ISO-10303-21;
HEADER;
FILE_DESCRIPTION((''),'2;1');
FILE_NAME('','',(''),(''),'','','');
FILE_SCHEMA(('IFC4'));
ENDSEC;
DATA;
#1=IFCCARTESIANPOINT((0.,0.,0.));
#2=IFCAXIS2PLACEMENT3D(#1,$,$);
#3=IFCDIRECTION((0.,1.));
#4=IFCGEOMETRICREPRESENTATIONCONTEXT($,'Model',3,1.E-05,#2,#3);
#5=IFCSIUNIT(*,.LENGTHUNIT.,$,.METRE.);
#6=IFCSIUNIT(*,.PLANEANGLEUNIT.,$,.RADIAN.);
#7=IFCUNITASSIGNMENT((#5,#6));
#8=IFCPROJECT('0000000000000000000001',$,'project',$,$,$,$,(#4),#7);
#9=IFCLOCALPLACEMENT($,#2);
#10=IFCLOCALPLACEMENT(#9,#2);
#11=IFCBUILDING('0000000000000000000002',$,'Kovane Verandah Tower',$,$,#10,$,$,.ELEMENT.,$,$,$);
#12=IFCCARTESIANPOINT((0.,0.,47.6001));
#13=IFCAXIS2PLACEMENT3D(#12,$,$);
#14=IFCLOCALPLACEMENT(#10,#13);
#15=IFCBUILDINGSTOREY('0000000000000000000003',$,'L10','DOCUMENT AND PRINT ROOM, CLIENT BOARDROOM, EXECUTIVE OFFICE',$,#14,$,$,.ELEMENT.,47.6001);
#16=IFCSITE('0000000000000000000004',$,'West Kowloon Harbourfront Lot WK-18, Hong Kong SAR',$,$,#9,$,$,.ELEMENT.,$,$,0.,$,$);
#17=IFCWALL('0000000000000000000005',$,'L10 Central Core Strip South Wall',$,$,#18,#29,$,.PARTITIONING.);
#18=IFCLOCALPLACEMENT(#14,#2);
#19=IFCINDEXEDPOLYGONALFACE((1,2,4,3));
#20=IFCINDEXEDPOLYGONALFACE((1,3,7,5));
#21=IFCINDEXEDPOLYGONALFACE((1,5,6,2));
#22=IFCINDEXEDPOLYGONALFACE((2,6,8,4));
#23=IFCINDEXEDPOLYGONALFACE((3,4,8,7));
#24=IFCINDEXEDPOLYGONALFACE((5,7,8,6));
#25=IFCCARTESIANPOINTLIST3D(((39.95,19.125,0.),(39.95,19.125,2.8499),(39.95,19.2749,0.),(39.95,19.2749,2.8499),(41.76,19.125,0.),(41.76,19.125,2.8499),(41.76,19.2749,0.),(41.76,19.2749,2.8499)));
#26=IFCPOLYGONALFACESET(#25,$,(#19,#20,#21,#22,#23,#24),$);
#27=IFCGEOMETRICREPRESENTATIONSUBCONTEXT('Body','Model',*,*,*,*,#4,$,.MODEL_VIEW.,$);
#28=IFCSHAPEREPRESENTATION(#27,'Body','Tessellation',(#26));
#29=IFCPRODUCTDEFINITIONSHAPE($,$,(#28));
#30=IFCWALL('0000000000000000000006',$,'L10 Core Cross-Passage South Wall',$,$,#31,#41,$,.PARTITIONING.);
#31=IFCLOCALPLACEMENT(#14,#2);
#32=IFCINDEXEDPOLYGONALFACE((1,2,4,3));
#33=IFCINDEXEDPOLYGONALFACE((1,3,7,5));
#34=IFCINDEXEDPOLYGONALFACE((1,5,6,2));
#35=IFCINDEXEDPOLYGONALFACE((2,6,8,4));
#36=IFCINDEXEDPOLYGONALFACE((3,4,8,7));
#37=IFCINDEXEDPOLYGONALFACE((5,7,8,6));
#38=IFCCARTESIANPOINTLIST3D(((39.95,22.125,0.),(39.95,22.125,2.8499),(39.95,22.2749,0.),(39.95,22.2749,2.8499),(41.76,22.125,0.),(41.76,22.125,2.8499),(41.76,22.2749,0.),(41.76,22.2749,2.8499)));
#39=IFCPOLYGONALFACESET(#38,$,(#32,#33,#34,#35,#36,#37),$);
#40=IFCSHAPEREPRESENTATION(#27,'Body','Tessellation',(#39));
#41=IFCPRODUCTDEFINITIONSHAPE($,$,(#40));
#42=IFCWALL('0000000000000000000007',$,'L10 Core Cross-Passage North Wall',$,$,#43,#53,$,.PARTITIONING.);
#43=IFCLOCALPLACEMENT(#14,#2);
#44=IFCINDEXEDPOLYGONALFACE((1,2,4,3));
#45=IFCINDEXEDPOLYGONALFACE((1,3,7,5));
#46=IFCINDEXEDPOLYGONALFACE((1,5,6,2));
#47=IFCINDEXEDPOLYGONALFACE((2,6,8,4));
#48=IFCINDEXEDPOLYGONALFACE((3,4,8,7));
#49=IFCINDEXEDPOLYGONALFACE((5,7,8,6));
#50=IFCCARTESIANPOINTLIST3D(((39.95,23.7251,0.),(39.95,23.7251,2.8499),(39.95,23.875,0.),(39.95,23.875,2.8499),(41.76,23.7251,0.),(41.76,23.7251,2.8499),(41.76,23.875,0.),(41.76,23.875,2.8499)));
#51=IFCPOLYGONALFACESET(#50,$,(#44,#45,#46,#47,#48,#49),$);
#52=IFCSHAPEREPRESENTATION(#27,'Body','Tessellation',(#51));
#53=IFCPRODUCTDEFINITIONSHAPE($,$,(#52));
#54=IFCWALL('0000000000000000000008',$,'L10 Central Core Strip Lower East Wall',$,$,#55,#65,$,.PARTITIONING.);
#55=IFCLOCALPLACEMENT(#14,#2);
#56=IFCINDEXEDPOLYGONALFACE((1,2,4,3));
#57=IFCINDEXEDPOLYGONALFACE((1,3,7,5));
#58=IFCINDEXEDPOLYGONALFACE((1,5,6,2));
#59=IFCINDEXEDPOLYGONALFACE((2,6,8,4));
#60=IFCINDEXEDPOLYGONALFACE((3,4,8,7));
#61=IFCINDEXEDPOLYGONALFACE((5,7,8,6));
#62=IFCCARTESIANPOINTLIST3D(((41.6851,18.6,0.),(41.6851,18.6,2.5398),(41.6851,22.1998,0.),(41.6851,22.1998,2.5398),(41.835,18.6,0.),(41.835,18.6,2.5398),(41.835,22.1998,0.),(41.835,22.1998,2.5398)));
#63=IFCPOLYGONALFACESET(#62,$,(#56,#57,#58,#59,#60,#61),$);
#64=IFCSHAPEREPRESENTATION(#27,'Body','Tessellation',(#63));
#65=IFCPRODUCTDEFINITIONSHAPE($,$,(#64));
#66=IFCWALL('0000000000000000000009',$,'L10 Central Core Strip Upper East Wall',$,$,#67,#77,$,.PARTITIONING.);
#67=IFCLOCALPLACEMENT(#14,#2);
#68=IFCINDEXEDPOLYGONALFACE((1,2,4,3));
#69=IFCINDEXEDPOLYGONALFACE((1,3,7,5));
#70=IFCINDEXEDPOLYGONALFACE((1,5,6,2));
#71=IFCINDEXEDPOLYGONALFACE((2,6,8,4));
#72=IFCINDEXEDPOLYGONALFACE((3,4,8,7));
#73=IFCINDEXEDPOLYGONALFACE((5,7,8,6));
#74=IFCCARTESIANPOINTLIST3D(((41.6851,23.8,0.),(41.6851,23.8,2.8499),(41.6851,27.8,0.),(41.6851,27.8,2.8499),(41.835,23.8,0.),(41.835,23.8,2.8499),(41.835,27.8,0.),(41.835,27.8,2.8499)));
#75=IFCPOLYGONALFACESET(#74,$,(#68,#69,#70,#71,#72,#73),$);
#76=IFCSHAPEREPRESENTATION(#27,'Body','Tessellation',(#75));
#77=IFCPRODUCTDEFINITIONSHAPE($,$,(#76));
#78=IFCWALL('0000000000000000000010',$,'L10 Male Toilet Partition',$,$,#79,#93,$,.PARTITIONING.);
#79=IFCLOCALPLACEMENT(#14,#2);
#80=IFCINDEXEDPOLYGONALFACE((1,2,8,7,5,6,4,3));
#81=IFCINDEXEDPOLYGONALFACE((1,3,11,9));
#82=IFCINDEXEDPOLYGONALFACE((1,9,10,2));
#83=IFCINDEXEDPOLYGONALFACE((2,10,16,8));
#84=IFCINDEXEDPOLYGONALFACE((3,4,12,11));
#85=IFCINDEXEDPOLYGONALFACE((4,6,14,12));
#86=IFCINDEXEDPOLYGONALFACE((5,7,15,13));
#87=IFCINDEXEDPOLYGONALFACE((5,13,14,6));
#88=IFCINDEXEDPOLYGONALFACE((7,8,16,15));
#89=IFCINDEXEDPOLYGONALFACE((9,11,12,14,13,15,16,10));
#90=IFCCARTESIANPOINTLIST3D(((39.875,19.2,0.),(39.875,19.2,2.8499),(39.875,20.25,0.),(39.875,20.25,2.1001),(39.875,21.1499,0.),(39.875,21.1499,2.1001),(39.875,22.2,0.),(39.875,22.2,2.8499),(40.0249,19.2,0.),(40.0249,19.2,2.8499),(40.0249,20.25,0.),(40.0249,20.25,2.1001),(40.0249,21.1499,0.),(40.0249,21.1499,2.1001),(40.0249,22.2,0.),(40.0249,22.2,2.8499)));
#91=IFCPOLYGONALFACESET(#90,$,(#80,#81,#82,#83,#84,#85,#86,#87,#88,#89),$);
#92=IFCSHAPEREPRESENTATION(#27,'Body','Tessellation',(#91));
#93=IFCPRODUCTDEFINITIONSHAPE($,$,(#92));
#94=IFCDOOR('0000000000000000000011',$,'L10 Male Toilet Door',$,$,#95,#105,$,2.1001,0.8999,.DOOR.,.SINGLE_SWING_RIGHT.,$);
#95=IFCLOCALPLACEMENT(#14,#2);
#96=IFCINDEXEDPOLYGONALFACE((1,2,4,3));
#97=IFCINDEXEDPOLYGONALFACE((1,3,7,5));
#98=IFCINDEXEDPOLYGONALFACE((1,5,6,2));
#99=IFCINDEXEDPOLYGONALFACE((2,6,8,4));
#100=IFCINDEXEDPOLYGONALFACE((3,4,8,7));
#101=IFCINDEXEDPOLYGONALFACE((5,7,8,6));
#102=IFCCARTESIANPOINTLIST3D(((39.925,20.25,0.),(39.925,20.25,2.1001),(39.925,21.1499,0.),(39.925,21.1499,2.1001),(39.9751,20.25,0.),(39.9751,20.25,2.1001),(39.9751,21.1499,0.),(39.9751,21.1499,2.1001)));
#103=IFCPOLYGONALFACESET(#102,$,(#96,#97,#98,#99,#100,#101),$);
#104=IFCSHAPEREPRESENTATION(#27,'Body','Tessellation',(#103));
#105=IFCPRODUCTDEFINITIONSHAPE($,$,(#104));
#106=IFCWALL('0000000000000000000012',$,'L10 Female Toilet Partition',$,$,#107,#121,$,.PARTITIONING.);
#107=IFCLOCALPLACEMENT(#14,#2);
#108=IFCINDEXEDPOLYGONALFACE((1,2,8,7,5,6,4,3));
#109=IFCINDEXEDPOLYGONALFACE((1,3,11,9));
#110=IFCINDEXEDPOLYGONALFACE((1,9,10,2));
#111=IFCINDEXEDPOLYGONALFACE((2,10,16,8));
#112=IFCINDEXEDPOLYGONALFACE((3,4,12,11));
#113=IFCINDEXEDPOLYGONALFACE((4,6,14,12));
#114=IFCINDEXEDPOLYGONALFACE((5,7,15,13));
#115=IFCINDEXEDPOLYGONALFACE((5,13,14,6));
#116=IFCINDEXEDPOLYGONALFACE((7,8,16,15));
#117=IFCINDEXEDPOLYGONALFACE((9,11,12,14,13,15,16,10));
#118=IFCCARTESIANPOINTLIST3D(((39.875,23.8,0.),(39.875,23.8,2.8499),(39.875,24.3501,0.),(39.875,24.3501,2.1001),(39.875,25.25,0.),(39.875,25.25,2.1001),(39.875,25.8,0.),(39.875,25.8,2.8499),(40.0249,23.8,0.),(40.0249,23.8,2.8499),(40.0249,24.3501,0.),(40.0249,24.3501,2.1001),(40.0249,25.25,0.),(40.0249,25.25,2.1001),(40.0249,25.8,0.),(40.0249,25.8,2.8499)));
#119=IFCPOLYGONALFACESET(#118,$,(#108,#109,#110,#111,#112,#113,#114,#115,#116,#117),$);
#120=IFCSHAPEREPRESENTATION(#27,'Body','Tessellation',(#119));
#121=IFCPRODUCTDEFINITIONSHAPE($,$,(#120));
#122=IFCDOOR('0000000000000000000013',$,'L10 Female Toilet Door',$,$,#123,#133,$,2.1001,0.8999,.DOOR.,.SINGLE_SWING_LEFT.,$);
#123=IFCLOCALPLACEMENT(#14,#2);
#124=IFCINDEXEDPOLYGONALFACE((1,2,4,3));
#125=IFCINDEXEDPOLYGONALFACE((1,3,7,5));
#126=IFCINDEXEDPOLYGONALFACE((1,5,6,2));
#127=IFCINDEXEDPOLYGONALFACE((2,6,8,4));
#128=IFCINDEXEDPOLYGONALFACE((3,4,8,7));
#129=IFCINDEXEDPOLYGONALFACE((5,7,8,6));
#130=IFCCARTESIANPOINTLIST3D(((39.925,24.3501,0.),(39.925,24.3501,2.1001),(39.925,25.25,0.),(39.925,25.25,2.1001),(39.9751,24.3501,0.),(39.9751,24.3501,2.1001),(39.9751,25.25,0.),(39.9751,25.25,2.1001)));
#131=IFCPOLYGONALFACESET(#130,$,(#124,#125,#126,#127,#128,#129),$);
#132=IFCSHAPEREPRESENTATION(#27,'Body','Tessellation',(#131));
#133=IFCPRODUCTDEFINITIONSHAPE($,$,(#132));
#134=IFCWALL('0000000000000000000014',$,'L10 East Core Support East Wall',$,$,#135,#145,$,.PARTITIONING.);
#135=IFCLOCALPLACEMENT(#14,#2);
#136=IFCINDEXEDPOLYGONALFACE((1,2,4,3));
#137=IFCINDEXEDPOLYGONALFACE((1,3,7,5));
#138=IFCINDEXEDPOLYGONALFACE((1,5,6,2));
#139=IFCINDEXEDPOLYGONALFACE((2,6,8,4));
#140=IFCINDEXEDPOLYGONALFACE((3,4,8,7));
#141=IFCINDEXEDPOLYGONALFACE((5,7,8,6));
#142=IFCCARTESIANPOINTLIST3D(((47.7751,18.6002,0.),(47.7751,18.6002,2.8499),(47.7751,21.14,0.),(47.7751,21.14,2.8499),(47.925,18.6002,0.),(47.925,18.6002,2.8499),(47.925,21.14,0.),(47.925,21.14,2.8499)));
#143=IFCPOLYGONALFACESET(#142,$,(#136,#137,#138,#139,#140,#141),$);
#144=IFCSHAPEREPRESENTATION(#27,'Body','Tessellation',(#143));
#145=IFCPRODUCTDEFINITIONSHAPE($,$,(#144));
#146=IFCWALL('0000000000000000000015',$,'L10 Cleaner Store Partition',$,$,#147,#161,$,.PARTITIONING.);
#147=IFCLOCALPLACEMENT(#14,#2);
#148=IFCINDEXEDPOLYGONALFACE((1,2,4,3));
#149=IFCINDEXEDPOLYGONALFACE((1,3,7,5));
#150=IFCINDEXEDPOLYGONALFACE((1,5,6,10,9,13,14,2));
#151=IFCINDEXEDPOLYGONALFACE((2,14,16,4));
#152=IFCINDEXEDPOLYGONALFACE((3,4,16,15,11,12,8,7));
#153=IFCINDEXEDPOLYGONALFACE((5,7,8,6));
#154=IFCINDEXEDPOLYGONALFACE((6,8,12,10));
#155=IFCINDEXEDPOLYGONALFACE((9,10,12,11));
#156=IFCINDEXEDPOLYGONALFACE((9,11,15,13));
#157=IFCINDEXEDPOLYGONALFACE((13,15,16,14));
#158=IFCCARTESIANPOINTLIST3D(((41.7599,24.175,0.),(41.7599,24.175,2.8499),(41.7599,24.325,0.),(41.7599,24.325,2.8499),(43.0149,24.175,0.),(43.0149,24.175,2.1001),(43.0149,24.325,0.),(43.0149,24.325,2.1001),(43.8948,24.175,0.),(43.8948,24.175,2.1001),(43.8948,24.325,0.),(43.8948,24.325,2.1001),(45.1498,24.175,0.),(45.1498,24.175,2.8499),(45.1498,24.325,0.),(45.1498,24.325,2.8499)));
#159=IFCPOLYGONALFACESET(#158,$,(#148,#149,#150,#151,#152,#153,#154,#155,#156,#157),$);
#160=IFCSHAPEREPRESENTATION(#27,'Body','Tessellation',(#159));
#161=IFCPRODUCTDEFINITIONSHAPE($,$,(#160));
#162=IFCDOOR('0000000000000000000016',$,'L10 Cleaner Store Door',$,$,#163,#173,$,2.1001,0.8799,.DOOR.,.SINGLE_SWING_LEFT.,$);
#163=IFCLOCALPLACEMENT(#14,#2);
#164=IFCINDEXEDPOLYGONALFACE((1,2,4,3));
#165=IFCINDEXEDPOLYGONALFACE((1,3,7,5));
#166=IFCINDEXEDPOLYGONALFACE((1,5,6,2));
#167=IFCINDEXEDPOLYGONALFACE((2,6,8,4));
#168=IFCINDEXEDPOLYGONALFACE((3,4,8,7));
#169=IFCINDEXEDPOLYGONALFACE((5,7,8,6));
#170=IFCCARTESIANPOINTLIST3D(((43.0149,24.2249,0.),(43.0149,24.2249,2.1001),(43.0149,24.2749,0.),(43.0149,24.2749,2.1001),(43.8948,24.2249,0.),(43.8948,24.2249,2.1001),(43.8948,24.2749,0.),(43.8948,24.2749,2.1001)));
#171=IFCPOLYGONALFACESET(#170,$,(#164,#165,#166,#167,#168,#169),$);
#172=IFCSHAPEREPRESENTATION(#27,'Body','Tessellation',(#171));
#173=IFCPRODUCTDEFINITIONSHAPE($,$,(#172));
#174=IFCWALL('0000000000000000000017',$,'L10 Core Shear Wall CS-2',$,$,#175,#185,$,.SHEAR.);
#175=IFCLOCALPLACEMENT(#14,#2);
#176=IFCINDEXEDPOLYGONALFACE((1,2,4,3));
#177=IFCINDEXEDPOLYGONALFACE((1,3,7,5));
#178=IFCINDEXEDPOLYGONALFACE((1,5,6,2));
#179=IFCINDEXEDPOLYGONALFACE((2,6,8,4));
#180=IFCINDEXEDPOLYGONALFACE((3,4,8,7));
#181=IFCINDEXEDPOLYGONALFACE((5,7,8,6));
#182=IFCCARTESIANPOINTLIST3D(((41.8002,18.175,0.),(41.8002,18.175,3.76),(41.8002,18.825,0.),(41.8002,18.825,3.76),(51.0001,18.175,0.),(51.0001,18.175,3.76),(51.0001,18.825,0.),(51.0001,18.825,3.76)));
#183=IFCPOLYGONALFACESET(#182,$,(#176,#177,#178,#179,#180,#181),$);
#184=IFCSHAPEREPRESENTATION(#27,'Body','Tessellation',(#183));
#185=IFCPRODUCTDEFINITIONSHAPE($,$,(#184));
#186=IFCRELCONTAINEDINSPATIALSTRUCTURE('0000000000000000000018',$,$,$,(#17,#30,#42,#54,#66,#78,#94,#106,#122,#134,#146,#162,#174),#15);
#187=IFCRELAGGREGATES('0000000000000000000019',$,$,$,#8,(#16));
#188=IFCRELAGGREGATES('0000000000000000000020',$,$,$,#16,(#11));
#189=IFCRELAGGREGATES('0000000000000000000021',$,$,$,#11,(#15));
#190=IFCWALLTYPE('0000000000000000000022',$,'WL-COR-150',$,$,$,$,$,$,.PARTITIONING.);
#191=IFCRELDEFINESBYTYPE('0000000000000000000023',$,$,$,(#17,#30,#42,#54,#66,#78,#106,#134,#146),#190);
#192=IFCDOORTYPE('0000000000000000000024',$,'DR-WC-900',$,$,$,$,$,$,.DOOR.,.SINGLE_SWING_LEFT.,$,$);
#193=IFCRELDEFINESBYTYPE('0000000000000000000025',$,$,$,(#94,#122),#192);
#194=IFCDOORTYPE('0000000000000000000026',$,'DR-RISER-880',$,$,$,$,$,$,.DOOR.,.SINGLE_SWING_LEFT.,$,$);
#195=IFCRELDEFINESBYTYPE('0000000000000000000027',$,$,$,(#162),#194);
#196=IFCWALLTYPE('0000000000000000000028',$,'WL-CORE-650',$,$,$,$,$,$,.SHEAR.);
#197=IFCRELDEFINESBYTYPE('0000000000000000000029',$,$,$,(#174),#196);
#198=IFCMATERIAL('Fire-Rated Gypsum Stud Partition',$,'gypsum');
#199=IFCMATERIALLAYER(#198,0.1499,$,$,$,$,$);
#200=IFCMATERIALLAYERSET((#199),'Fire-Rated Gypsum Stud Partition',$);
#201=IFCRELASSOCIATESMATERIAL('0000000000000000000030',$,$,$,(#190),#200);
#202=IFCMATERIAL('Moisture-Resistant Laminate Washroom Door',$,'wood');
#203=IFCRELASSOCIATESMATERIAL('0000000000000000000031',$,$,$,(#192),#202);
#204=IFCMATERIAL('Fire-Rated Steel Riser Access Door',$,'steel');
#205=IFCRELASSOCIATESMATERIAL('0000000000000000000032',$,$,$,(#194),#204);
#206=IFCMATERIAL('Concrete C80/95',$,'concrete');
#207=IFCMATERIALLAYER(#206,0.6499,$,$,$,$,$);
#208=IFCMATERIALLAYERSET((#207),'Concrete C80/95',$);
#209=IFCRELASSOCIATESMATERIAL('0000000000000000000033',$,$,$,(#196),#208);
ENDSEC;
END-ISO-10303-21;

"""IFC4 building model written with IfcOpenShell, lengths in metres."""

from ifc_helpers import new_model, si_unit, direction, frame, frame_2d, origin, place, context, subcontext, project, spatial, rectangle, extrude, material, layer, layer_set, type_object, element, fill, save


model = new_model("IFC4")

# Units and contexts
model_context = context("Model", 3, precision=1e-05, world=origin(), true_north=direction((0.0, 1.0)))
body_context = subcontext(model_context, "Body", "Model", "MODEL_VIEW")
ifc_project = project(units=[si_unit("LENGTHUNIT", "METRE"), si_unit("PLANEANGLEUNIT", "RADIAN")], contexts=[model_context])

# Site, building, storey
site_placement = place(None, origin())
site = spatial("IfcSite", under=ifc_project, at=site_placement, Name="West Kowloon Harbourfront Lot WK-18, Hong Kong SAR", CompositionType="ELEMENT", RefElevation=0.0)
building_placement = place(site_placement, origin())
building = spatial("IfcBuilding", under=site, at=building_placement, Name="Kovane Verandah Tower", CompositionType="ELEMENT")
storey_placement = place(building_placement, frame((0.0, 0.0, 47.6001)))
storey = spatial("IfcBuildingStorey", under=building, at=storey_placement, Name="L10", Description="DOCUMENT AND PRINT ROOM, CLIENT BOARDROOM, EXECUTIVE OFFICE", CompositionType="ELEMENT", Elevation=47.6001)

# Walls
ifc_material_1 = material(Name="Fire-Rated Gypsum Stud Partition", Category="gypsum")
ifc_layer_1 = layer(ifc_material_1, 0.1499)
ifc_layer_set_1 = layer_set([ifc_layer_1], Name="Fire-Rated Gypsum Stud Partition")
wall_type_1 = type_object("IfcWallType", Name="WL-COR-150", PredefinedType="PARTITIONING", material=ifc_layer_set_1)
for number, where, z_axis, x_axis, name in (
    (1, (39.95, 19.2, 0.0), (0.0, 0.0, 1.0), (1.0, 0.0, 0.0), "L10 Central Core Strip South Wall"),
    (2, (39.95, 22.2, 0.0), (0.0, 0.0, 1.0), (1.0, 0.0, 0.0), "L10 Core Cross-Passage South Wall"),
    (3, (39.95, 23.8, 0.0), (0.0, 0.0, 1.0), (1.0, 0.0, 0.0), "L10 Core Cross-Passage North Wall"),
):
    element("IfcWall", number, at=place(storey_placement, frame(where, z_axis=z_axis, x_axis=x_axis)), inside=storey, type_object=wall_type_1, Name=name, PredefinedType="PARTITIONING", context=body_context, shape_type="SweptSolid", body=[
        extrude(rectangle(XDim=1.8101, YDim=0.1499, at=frame_2d((0.905, 0.0))), origin(), (0.0, 0.0, 1.0), 2.8499),
    ])
wall_1_placement = place(storey_placement, frame((41.76, 18.6001, 0.0), z_axis=(0.0, 0.0, 1.0), x_axis=(0.0, 1.0, 0.0)))
element("IfcWall", 4, at=wall_1_placement, inside=storey, type_object=wall_type_1, Name="L10 Central Core Strip Lower East Wall", PredefinedType="PARTITIONING", context=body_context, shape_type="SweptSolid", body=[
    extrude(rectangle(XDim=3.5999, YDim=0.1499, at=frame_2d((1.7998, 0.0))), origin(), (0.0, 0.0, 1.0), 2.5398),
])
wall_2_placement = place(storey_placement, frame((41.76, 23.8, 0.0), z_axis=(0.0, 0.0, 1.0), x_axis=(0.0, 1.0, 0.0)))
element("IfcWall", 5, at=wall_2_placement, inside=storey, type_object=wall_type_1, Name="L10 Central Core Strip Upper East Wall", PredefinedType="PARTITIONING", context=body_context, shape_type="SweptSolid", body=[
    extrude(rectangle(XDim=4.0, YDim=0.1499, at=frame_2d((2.0, 0.0))), origin(), (0.0, 0.0, 1.0), 2.8499),
])

# Walls, openings, doors
wall_3_placement = place(storey_placement, frame((39.95, 19.2, 0.0), z_axis=(0.0, 0.0, 1.0), x_axis=(0.0, 1.0, 0.0)))
wall_3 = element("IfcWall", 6, at=wall_3_placement, inside=storey, type_object=wall_type_1, Name="L10 Male Toilet Partition", PredefinedType="PARTITIONING", context=body_context, shape_type="SweptSolid", body=[
    extrude(rectangle(XDim=3.0, YDim=0.1499, at=frame_2d((1.5, 0.0))), origin(), (0.0, 0.0, 1.0), 2.8499),
])
opening_1_placement = place(wall_3_placement, frame((1.05, 0.0, 0.0)))
opening_1 = element("IfcOpeningElement", 7, at=opening_1_placement, cuts=wall_3, PredefinedType="OPENING", context=body_context, shape_type="SweptSolid", body=[
    extrude(rectangle(XDim=0.8999, YDim=2.1001, at=frame_2d((0.45, 1.05))), frame((0.0, 0.075, 0.0), z_axis=(0.0, -1.0, 0.0), x_axis=(1.0, 0.0, 0.0)), (0.0, 0.0, 1.0), 0.1499),
])
ifc_material_2 = material(Name="Moisture-Resistant Laminate Washroom Door", Category="wood")
door_type_1 = type_object("IfcDoorType", Name="DR-WC-900", OperationType="SINGLE_SWING_LEFT", PredefinedType="DOOR", material=ifc_material_2)
door_1_placement = place(opening_1_placement, origin())
door_1 = element("IfcDoor", 8, at=door_1_placement, inside=storey, type_object=door_type_1, Name="L10 Male Toilet Door", OperationType="SINGLE_SWING_RIGHT", OverallHeight=2.1001, OverallWidth=0.8999, PredefinedType="DOOR", context=body_context, shape_type="SweptSolid", body=[
    extrude(rectangle(XDim=0.8999, YDim=2.1001, at=frame_2d((0.45, 1.05))), frame((0.0, 0.0249, 0.0), z_axis=(0.0, -1.0, 0.0), x_axis=(1.0, 0.0, 0.0)), (0.0, 0.0, 1.0), 0.05),
])
fill(opening_1, door_1)
wall_4_placement = place(storey_placement, frame((39.95, 23.8, 0.0), z_axis=(0.0, 0.0, 1.0), x_axis=(0.0, 1.0, 0.0)))
wall_4 = element("IfcWall", 9, at=wall_4_placement, inside=storey, type_object=wall_type_1, Name="L10 Female Toilet Partition", PredefinedType="PARTITIONING", context=body_context, shape_type="SweptSolid", body=[
    extrude(rectangle(XDim=2.0, YDim=0.1499, at=frame_2d((1.0, 0.0))), origin(), (0.0, 0.0, 1.0), 2.8499),
])
opening_2_placement = place(wall_4_placement, frame((0.55, 0.0, 0.0)))
opening_2 = element("IfcOpeningElement", 10, at=opening_2_placement, cuts=wall_4, PredefinedType="OPENING", context=body_context, shape_type="SweptSolid", body=[
    extrude(rectangle(XDim=0.8999, YDim=2.1001, at=frame_2d((0.45, 1.05))), frame((0.0, 0.075, 0.0), z_axis=(0.0, -1.0, 0.0), x_axis=(1.0, 0.0, 0.0)), (0.0, 0.0, 1.0), 0.1499),
])
door_2_placement = place(opening_2_placement, origin())
door_2 = element("IfcDoor", 11, at=door_2_placement, inside=storey, type_object=door_type_1, Name="L10 Female Toilet Door", OperationType="SINGLE_SWING_LEFT", OverallHeight=2.1001, OverallWidth=0.8999, PredefinedType="DOOR", context=body_context, shape_type="SweptSolid", body=[
    extrude(rectangle(XDim=0.8999, YDim=2.1001, at=frame_2d((0.45, 1.05))), frame((0.0, 0.0249, 0.0), z_axis=(0.0, -1.0, 0.0), x_axis=(1.0, 0.0, 0.0)), (0.0, 0.0, 1.0), 0.05),
])
fill(opening_2, door_2)

# Wall
wall_5_placement = place(storey_placement, frame((47.8501, 18.6001, 0.0), z_axis=(0.0, 0.0, 1.0), x_axis=(0.0, 1.0, 0.0)))
element("IfcWall", 12, at=wall_5_placement, inside=storey, type_object=wall_type_1, Name="L10 East Core Support East Wall", PredefinedType="PARTITIONING", context=body_context, shape_type="SweptSolid", body=[
    extrude(rectangle(XDim=2.5398, YDim=0.1499, at=frame_2d((1.27, 0.0))), origin(), (0.0, 0.0, 1.0), 2.8499),
])

# Wall, opening, door
wall_6_placement = place(storey_placement, frame((41.76, 24.25, 0.0), z_axis=(0.0, 0.0, 1.0), x_axis=(1.0, 0.0, 0.0)))
wall_6 = element("IfcWall", 13, at=wall_6_placement, inside=storey, type_object=wall_type_1, Name="L10 Cleaner Store Partition", PredefinedType="PARTITIONING", context=body_context, shape_type="SweptSolid", body=[
    extrude(rectangle(XDim=3.3899, YDim=0.1499, at=frame_2d((1.6948, 0.0))), origin(), (0.0, 0.0, 1.0), 2.8499),
])
opening_3_placement = place(wall_6_placement, frame((1.2549, 0.0, 0.0)))
opening_3 = element("IfcOpeningElement", 14, at=opening_3_placement, cuts=wall_6, PredefinedType="OPENING", context=body_context, shape_type="SweptSolid", body=[
    extrude(rectangle(XDim=0.8799, YDim=2.1001, at=frame_2d((0.4399, 1.05))), frame((0.0, 0.075, 0.0), z_axis=(0.0, -1.0, 0.0), x_axis=(1.0, 0.0, 0.0)), (0.0, 0.0, 1.0), 0.1499),
])
ifc_material_3 = material(Name="Fire-Rated Steel Riser Access Door", Category="steel")
door_type_2 = type_object("IfcDoorType", Name="DR-RISER-880", OperationType="SINGLE_SWING_LEFT", PredefinedType="DOOR", material=ifc_material_3)
door_3_placement = place(opening_3_placement, origin())
door_3 = element("IfcDoor", 15, at=door_3_placement, inside=storey, type_object=door_type_2, Name="L10 Cleaner Store Door", OperationType="SINGLE_SWING_LEFT", OverallHeight=2.1001, OverallWidth=0.8799, PredefinedType="DOOR", context=body_context, shape_type="SweptSolid", body=[
    extrude(rectangle(XDim=0.8799, YDim=2.1001, at=frame_2d((0.4399, 1.05))), frame((0.0, 0.0249, 0.0), z_axis=(0.0, -1.0, 0.0), x_axis=(1.0, 0.0, 0.0)), (0.0, 0.0, 1.0), 0.05),
])
fill(opening_3, door_3)

# Wall
ifc_material_4 = material(Name="Concrete C80/95", Category="concrete")
ifc_layer_2 = layer(ifc_material_4, 0.6499)
ifc_layer_set_2 = layer_set([ifc_layer_2], Name="Concrete C80/95")
wall_type_2 = type_object("IfcWallType", Name="WL-CORE-650", PredefinedType="SHEAR", material=ifc_layer_set_2)
wall_7_placement = place(storey_placement, frame((41.8, 18.5, 0.0), z_axis=(0.0, 0.0, 1.0), x_axis=(1.0, 0.0, 0.0)))
element("IfcWall", 16, at=wall_7_placement, inside=storey, type_object=wall_type_2, Name="L10 Core Shear Wall CS-2", PredefinedType="SHEAR", context=body_context, shape_type="SweptSolid", body=[
    extrude(rectangle(XDim=9.2, YDim=0.6499, at=frame_2d((4.6001, 0.0))), origin(), (0.0, 0.0, 1.0), 3.76),
])

save(model, "model.ifc")
